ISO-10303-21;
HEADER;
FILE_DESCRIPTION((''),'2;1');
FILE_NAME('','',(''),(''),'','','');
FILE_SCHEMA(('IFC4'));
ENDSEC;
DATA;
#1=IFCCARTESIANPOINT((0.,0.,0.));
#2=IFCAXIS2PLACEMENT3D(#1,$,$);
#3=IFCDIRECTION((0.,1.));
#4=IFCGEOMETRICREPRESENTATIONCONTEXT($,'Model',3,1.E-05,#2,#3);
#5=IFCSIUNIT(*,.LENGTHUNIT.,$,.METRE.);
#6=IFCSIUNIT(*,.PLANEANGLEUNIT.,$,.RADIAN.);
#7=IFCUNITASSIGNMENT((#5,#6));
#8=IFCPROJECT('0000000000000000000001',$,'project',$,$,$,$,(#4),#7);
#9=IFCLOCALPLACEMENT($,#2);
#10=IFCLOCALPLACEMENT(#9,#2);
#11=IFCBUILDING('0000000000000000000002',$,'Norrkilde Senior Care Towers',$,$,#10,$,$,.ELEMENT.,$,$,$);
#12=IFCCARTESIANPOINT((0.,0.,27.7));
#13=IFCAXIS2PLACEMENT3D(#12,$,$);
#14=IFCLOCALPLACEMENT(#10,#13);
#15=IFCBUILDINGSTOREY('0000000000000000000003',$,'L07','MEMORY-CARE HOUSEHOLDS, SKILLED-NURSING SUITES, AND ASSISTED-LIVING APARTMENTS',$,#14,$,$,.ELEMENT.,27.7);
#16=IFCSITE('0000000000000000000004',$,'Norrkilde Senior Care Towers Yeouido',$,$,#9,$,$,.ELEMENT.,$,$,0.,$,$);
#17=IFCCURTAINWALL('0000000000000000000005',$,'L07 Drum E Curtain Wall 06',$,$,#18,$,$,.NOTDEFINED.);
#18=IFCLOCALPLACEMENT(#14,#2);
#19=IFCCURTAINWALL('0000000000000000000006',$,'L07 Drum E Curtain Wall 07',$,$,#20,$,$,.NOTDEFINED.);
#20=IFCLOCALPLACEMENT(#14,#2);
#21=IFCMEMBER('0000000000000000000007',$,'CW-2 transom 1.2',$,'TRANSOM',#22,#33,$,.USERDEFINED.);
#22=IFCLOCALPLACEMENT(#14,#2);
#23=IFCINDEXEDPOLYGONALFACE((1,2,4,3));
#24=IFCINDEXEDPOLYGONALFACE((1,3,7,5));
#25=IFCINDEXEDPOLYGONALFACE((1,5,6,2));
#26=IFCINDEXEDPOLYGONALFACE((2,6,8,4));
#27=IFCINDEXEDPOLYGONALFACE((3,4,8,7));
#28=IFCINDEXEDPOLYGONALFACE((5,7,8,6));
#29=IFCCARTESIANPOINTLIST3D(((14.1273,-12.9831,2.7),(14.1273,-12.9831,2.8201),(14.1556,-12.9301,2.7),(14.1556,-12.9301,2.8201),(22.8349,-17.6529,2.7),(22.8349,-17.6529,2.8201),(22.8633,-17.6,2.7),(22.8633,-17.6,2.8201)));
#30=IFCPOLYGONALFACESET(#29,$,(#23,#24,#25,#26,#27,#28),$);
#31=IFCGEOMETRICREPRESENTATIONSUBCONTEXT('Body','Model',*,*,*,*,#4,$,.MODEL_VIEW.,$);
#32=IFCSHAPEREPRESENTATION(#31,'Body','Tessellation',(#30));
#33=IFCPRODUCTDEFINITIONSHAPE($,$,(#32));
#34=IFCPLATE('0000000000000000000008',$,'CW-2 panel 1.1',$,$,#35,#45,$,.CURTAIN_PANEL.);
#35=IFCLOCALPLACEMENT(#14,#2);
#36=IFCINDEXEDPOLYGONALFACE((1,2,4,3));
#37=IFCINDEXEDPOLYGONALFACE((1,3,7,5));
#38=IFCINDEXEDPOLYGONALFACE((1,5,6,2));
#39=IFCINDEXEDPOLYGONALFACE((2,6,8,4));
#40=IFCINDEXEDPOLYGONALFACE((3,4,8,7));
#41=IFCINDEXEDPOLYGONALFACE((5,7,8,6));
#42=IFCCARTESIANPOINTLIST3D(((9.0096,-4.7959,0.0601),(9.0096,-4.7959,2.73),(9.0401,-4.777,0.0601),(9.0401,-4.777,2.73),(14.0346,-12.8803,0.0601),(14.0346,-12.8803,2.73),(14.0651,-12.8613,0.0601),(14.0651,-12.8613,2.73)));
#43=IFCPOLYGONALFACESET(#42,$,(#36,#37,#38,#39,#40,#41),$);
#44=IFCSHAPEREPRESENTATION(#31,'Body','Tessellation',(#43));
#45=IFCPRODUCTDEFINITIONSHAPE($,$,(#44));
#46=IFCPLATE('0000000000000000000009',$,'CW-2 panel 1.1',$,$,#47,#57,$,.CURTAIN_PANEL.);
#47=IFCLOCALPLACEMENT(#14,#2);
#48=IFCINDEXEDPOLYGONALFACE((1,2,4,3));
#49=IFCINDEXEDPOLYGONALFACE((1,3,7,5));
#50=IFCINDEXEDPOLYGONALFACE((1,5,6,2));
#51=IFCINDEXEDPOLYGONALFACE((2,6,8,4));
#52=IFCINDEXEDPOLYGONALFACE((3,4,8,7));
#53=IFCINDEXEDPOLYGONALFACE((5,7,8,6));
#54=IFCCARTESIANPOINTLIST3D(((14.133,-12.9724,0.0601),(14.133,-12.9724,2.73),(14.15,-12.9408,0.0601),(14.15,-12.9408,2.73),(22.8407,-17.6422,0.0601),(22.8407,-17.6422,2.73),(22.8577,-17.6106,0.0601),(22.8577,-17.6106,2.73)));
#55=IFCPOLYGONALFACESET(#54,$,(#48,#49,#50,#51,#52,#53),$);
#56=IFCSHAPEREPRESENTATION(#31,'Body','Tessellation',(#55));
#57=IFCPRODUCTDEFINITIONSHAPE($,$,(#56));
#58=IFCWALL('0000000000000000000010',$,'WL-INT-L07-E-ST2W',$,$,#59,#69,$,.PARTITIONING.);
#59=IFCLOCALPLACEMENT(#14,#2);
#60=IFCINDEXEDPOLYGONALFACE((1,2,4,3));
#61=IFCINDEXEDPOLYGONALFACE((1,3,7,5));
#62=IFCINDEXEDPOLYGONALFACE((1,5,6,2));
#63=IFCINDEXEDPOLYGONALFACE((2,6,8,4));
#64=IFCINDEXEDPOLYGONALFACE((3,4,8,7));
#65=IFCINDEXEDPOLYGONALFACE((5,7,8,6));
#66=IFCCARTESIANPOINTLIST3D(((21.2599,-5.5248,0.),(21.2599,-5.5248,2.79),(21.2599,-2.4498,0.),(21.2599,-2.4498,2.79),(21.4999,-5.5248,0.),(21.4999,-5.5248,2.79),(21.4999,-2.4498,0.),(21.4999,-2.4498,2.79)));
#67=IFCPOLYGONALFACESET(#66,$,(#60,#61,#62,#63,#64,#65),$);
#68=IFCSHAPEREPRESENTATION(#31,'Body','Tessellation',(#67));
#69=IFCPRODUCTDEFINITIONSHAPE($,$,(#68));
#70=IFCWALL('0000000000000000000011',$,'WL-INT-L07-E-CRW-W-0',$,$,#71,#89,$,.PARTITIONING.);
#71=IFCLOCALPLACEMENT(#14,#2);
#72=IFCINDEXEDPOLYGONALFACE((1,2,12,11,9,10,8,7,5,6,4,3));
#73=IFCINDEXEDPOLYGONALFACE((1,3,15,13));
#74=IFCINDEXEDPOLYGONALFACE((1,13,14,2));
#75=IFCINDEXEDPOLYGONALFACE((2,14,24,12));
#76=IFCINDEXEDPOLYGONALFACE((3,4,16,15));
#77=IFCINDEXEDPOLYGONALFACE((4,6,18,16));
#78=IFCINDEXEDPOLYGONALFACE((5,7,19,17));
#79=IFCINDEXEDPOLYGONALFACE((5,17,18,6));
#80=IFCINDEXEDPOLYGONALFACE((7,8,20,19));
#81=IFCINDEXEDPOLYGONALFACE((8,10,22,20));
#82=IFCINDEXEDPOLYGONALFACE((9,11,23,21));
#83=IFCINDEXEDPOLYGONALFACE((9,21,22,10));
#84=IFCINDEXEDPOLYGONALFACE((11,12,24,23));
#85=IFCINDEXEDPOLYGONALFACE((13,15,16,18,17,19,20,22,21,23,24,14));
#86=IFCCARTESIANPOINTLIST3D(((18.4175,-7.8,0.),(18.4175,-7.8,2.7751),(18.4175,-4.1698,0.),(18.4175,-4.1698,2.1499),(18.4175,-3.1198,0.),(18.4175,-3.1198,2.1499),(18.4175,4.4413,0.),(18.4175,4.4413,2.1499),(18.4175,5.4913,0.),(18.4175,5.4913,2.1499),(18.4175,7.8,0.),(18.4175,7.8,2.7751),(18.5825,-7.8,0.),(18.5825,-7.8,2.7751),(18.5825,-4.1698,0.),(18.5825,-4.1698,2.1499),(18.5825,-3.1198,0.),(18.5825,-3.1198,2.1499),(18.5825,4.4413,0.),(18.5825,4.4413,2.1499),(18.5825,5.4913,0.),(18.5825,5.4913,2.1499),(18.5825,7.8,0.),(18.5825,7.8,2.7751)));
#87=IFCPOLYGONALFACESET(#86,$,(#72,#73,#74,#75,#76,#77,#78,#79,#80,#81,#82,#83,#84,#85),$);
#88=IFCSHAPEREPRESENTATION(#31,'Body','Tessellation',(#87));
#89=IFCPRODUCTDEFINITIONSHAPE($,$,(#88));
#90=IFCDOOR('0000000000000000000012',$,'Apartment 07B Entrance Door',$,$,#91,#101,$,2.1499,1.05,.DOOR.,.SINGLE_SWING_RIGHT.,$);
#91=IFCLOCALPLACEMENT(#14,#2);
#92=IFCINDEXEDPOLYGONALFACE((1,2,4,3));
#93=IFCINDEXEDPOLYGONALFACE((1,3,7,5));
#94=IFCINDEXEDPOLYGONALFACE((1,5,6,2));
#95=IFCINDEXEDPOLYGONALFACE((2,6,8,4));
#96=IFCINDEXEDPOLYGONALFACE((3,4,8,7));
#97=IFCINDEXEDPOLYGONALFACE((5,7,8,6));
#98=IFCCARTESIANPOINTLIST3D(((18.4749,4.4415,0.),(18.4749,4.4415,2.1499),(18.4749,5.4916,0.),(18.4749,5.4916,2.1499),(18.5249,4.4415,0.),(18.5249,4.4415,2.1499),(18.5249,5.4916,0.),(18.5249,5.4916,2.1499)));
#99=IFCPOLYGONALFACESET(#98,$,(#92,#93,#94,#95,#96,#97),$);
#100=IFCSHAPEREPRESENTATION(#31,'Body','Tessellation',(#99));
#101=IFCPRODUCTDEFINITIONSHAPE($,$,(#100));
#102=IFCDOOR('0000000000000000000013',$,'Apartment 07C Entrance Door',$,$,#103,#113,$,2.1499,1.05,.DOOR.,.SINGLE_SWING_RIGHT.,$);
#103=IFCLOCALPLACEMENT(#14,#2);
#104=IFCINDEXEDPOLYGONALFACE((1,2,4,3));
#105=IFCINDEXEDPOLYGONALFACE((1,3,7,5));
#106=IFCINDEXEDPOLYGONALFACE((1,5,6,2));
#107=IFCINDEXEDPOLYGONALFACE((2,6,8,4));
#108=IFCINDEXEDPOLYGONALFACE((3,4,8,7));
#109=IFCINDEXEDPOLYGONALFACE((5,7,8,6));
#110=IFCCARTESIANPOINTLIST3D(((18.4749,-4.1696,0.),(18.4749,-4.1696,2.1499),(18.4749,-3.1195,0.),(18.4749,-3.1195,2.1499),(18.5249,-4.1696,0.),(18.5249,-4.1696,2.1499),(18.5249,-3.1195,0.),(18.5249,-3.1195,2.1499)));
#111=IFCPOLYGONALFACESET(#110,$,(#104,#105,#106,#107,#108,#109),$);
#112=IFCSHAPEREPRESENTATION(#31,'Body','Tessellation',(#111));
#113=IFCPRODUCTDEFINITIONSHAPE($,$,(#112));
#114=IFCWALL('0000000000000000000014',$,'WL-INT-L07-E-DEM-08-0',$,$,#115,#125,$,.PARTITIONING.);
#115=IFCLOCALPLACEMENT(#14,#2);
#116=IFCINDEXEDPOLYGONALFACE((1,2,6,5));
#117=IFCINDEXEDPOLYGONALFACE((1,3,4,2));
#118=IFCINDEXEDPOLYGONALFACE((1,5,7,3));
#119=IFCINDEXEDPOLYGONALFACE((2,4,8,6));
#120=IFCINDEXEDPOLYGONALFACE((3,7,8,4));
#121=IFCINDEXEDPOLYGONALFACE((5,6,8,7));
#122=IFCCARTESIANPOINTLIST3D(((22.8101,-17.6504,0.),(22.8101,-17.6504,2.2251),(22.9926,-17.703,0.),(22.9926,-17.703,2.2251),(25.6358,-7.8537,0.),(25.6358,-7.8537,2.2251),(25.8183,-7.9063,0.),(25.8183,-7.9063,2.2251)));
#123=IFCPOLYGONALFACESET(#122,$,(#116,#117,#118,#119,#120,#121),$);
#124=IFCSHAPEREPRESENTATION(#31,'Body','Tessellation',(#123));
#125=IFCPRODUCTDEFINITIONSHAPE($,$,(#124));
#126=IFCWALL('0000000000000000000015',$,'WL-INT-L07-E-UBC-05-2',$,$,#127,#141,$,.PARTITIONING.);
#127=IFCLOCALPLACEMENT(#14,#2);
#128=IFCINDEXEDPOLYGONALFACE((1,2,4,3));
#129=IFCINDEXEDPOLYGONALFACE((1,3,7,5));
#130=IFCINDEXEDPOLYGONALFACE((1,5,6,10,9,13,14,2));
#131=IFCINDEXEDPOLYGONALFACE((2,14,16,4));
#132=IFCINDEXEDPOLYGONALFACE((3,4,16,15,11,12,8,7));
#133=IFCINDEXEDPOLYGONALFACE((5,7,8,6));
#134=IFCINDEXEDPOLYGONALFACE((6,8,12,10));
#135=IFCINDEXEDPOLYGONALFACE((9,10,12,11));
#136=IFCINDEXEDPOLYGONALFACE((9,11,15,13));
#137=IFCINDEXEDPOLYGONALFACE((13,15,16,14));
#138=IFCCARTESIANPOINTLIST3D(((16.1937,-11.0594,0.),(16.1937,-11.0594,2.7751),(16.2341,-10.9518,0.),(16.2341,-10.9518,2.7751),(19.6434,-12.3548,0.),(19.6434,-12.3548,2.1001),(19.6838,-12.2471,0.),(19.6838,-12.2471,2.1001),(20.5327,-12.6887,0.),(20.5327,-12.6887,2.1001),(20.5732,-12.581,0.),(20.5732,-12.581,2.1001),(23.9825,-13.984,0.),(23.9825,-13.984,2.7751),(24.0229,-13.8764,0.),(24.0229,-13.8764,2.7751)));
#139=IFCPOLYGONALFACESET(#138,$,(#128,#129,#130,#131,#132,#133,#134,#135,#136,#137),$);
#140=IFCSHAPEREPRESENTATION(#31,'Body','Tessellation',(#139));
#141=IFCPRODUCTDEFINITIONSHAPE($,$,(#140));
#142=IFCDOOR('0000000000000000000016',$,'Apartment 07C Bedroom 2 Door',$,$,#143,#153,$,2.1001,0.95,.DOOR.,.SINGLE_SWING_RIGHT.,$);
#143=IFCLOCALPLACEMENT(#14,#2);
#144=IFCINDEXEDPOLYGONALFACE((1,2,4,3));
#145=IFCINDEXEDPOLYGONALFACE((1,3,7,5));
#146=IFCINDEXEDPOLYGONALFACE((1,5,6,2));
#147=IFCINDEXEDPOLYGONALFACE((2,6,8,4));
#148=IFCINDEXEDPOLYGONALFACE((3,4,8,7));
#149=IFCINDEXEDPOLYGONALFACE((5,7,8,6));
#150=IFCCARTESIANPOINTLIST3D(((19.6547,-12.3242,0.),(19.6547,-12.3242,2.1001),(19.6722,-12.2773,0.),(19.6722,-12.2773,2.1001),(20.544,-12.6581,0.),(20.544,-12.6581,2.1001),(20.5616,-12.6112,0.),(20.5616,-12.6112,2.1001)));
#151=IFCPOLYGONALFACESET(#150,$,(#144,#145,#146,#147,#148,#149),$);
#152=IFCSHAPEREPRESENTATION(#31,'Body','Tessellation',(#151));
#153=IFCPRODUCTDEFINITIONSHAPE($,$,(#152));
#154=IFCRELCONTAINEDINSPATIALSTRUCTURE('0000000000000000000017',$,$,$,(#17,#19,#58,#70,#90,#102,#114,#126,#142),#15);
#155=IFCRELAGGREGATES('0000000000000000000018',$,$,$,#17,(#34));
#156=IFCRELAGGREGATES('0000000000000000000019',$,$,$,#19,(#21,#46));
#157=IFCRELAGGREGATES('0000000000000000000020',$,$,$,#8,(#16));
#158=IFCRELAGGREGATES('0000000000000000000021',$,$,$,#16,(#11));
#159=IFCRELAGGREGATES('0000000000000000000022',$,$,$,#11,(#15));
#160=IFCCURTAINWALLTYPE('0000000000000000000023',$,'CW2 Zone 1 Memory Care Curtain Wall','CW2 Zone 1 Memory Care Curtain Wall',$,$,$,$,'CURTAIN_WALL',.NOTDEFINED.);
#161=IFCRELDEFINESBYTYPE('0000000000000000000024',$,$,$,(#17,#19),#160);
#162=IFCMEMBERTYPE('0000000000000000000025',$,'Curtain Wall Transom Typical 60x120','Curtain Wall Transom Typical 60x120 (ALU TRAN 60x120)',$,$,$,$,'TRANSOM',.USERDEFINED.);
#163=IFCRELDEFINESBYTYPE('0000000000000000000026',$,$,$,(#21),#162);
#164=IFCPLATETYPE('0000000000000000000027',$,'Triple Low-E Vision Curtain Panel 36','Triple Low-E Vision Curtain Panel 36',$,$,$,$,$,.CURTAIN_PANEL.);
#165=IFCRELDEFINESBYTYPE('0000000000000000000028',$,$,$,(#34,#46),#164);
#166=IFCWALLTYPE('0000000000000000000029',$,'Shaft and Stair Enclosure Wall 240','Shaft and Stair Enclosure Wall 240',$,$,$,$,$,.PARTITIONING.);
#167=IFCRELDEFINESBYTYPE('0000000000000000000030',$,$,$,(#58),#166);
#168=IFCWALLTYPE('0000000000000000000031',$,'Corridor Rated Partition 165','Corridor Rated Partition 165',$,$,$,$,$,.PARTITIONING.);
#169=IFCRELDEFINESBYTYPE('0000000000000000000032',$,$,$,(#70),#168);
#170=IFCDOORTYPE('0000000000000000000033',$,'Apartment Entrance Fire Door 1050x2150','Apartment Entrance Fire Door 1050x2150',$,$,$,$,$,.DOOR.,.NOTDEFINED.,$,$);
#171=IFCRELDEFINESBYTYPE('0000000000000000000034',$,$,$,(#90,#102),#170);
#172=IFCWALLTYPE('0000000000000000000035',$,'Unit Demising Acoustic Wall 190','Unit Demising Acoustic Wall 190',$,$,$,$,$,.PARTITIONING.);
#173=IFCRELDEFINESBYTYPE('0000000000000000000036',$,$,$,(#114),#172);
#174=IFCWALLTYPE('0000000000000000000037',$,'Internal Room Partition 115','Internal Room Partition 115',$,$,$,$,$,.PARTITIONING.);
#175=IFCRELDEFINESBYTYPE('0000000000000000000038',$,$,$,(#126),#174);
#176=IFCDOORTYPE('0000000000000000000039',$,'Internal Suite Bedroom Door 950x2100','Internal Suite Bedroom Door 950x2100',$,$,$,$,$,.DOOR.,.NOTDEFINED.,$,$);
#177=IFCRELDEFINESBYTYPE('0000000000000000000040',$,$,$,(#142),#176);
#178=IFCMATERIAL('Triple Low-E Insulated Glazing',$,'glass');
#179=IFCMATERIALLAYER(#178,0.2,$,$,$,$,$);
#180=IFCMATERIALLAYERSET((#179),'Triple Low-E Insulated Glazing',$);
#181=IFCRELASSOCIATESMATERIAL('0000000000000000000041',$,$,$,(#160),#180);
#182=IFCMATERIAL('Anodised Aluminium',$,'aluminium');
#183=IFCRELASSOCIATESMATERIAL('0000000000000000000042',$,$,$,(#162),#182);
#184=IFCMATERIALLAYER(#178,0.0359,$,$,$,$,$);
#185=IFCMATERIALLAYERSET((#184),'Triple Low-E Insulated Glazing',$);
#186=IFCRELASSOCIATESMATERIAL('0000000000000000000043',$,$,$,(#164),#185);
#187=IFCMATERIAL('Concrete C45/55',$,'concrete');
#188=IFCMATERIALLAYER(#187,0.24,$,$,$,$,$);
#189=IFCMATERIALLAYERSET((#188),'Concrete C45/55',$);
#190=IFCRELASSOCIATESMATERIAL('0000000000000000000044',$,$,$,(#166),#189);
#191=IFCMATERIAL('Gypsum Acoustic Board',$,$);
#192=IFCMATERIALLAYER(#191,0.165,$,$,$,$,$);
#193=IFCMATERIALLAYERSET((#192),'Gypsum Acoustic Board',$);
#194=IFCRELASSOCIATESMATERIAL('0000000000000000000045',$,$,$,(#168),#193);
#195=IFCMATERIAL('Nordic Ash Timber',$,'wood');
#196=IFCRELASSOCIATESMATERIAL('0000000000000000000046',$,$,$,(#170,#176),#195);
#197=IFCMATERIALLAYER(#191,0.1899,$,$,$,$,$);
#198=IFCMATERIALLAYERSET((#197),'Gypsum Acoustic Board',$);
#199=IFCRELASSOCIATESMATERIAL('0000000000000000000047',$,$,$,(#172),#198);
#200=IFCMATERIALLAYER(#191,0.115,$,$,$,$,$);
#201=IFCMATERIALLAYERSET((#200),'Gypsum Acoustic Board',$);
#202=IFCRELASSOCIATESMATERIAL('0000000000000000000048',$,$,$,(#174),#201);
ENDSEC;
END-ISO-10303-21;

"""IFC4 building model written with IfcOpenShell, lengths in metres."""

from ifc_helpers import new_model, si_unit, direction, frame, frame_2d, origin, origin_2d, place, context, subcontext, project, spatial, rectangle, extrude, source, transform, mapped, material, layer, layer_set, material_profile, profile_set, type_object, type_shapes, element, fill, aggregate, save


model = new_model("IFC4")

# Units and contexts
model_context = context("Model", 3, precision=1e-05, world=origin(), true_north=direction((0.0, 1.0)))
body_context = subcontext(model_context, "Body", "Model", "MODEL_VIEW")
ifc_project = project(units=[si_unit("LENGTHUNIT", "METRE"), si_unit("PLANEANGLEUNIT", "RADIAN")], contexts=[model_context])

# Site, building, storey
site_placement = place(None, origin())
site = spatial("IfcSite", under=ifc_project, at=site_placement, Name="Norrkilde Senior Care Towers Yeouido", CompositionType="ELEMENT", RefElevation=0.0)
building_placement = place(site_placement, origin())
building = spatial("IfcBuilding", under=site, at=building_placement, Name="Norrkilde Senior Care Towers", CompositionType="ELEMENT")
storey_placement = place(building_placement, frame((0.0, 0.0, 27.7)))
storey = spatial("IfcBuildingStorey", under=building, at=storey_placement, Name="L07", Description="MEMORY-CARE HOUSEHOLDS, SKILLED-NURSING SUITES, AND ASSISTED-LIVING APARTMENTS", CompositionType="ELEMENT", Elevation=27.7)

# Curtain wall
ifc_material_1 = material(Name="Triple Low-E Insulated Glazing", Category="glass")
ifc_layer_1 = layer(ifc_material_1, 0.2)
ifc_layer_set_1 = layer_set([ifc_layer_1], Name="Triple Low-E Insulated Glazing")
curtain_wall_type = type_object("IfcCurtainWallType", Name="CW2 Zone 1 Memory Care Curtain Wall", Description="CW2 Zone 1 Memory Care Curtain Wall", ElementType="CURTAIN_WALL", PredefinedType="NOTDEFINED", material=ifc_layer_set_1)
curtain_wall_1_placement = place(storey_placement, origin())
curtain_wall_1 = element("IfcCurtainWall", 1, at=curtain_wall_1_placement, inside=storey, type_object=curtain_wall_type, Name="L07 Drum E Curtain Wall 06", PredefinedType="NOTDEFINED")
ifc_material_2 = material(Name="Anodised Aluminium", Category="aluminium")

# Curtain wall
curtain_wall_2_placement = place(storey_placement, origin())
curtain_wall_2 = element("IfcCurtainWall", 2, at=curtain_wall_2_placement, inside=storey, type_object=curtain_wall_type, Name="L07 Drum E Curtain Wall 07", PredefinedType="NOTDEFINED")

# Member
ifc_material_profile_1 = material_profile(ifc_material_2, rectangle(XDim=0.0601, YDim=0.1201, at=origin_2d()), Name="ALU TRAN 60x120")
ifc_profile_set_1 = profile_set([ifc_material_profile_1], Name="Anodised Aluminium")
member_type_1 = type_object("IfcMemberType", Name="Curtain Wall Transom Typical 60x120", Description="Curtain Wall Transom Typical 60x120 (ALU TRAN 60x120)", ElementType="TRANSOM", PredefinedType="USERDEFINED", material=ifc_profile_set_1)
shared_shape_1 = source(origin(), body_context, "Body", "SweptSolid", [
    extrude(rectangle(XDim=0.0601, YDim=0.1201, at=origin_2d()), origin(), (0.0, 0.0, 1.0), 9.8809),
])
member_1_placement = place(storey_placement, frame((22.8491, -17.6265, 2.76), z_axis=(-0.881267, 0.472618, 0.0), x_axis=(-0.472618, -0.881267, 0.0)))
member_1 = element("IfcMember", 3, at=member_1_placement, type_object=member_type_1, Name="CW-2 transom 1.2", ObjectType="TRANSOM", PredefinedType="USERDEFINED", context=body_context, shape_type="MappedRepresentation", body=[
    mapped(shared_shape_1, transform((0.0, 0.0, 0.0), x_axis=(1.0, 0.0, 0.0), y_axis=(0.0, 1.0, 0.0), z_axis=(0.0, 0.0, 1.0), scale=1.0)),
])

# Plates
ifc_layer_2 = layer(ifc_material_1, 0.0359)
ifc_layer_set_2 = layer_set([ifc_layer_2], Name="Triple Low-E Insulated Glazing")
plate_type = type_object("IfcPlateType", Name="Triple Low-E Vision Curtain Panel 36", Description="Triple Low-E Vision Curtain Panel 36", PredefinedType="CURTAIN_PANEL", material=ifc_layer_set_2)
shared_shape_2 = source(origin(), body_context, "Body", "SweptSolid", [
    extrude(rectangle(XDim=9.5188, YDim=0.0359, at=origin_2d()), origin(), (0.0, 0.0, 1.0), 2.6699),
])
plate_1_placement = place(storey_placement, frame((11.5374, -8.8286, 0.0601), z_axis=(0.0, 0.0, 1.0), x_axis=(-0.527901, 0.849306, 0.0)))
plate_1 = element("IfcPlate", 4, at=plate_1_placement, type_object=plate_type, Name="CW-2 panel 1.1", PredefinedType="CURTAIN_PANEL", context=body_context, shape_type="MappedRepresentation", body=[
    mapped(shared_shape_2, transform((0.0, 0.0, 0.0), x_axis=(1.0, 0.0, 0.0), y_axis=(0.0, 1.0, 0.0), z_axis=(0.0, 0.0, 1.0), scale=1.0)),
])
aggregate(curtain_wall_1, [plate_1])
shared_shape_3 = source(origin(), body_context, "Body", "SweptSolid", [
    extrude(rectangle(XDim=9.8809, YDim=0.0359, at=origin_2d()), origin(), (0.0, 0.0, 1.0), 2.6699),
])
type_shapes(plate_type, [shared_shape_2, shared_shape_3])
plate_2_placement = place(storey_placement, frame((18.4954, -15.2915, 0.0601), z_axis=(0.0, 0.0, 1.0), x_axis=(-0.881273, 0.472608, 0.0)))
plate_2 = element("IfcPlate", 5, at=plate_2_placement, type_object=plate_type, Name="CW-2 panel 1.1", PredefinedType="CURTAIN_PANEL", context=body_context, shape_type="MappedRepresentation", body=[
    mapped(shared_shape_3, transform((0.0, 0.0, 0.0), x_axis=(1.0, 0.0, 0.0), y_axis=(0.0, 1.0, 0.0), z_axis=(0.0, 0.0, 1.0), scale=1.0)),
])
aggregate(curtain_wall_2, [member_1, plate_2])

# Wall
ifc_material_3 = material(Name="Concrete C45/55", Category="concrete")
ifc_layer_3 = layer(ifc_material_3, 0.24)
ifc_layer_set_3 = layer_set([ifc_layer_3], Name="Concrete C45/55")
wall_type_1 = type_object("IfcWallType", Name="Shaft and Stair Enclosure Wall 240", Description="Shaft and Stair Enclosure Wall 240", PredefinedType="PARTITIONING", material=ifc_layer_set_3)
shared_shape_4 = source(origin(), body_context, "Body", "SweptSolid", [
    extrude(rectangle(XDim=3.075, YDim=0.24, at=frame_2d((1.5376, 0.0))), origin(), (0.0, 0.0, 1.0), 2.79),
])
type_shapes(wall_type_1, [shared_shape_4])
wall_1_placement = place(storey_placement, frame((21.3799, -5.5249, 0.0), z_axis=(0.0, 0.0, 1.0), x_axis=(0.0, 1.0, 0.0)))
element("IfcWall", 6, at=wall_1_placement, inside=storey, type_object=wall_type_1, Name="WL-INT-L07-E-ST2W", PredefinedType="PARTITIONING", context=body_context, shape_type="MappedRepresentation", body=[
    mapped(shared_shape_4, transform((0.0, 0.0, 0.0), x_axis=(1.0, 0.0, 0.0), y_axis=(0.0, 1.0, 0.0), z_axis=(0.0, 0.0, 1.0), scale=1.0)),
])

# Wall, openings, doors
ifc_material_4 = material(Name="Gypsum Acoustic Board")
ifc_layer_4 = layer(ifc_material_4, 0.165)
ifc_layer_set_4 = layer_set([ifc_layer_4], Name="Gypsum Acoustic Board")
wall_type_2 = type_object("IfcWallType", Name="Corridor Rated Partition 165", Description="Corridor Rated Partition 165", PredefinedType="PARTITIONING", material=ifc_layer_set_4)
shared_shape_5 = source(origin(), body_context, "Body", "SweptSolid", [
    extrude(rectangle(XDim=15.6001, YDim=0.165, at=frame_2d((7.8, 0.0))), origin(), (0.0, 0.0, 1.0), 2.7751),
])
type_shapes(wall_type_2, [shared_shape_5])
wall_2_placement = place(storey_placement, frame((18.5, -7.8, 0.0), z_axis=(0.0, 0.0, 1.0), x_axis=(0.0, 1.0, 0.0)))
wall_2 = element("IfcWall", 7, at=wall_2_placement, inside=storey, type_object=wall_type_2, Name="WL-INT-L07-E-CRW-W-0", PredefinedType="PARTITIONING", context=body_context, shape_type="MappedRepresentation", body=[
    mapped(shared_shape_5, transform((0.0, 0.0, 0.0), x_axis=(1.0, 0.0, 0.0), y_axis=(0.0, 1.0, 0.0), z_axis=(0.0, 0.0, 1.0), scale=1.0)),
])
opening_1_placement = place(wall_2_placement, frame((12.2415, 0.0, 0.0)))
opening_1 = element("IfcOpeningElement", 8, at=opening_1_placement, cuts=wall_2, PredefinedType="OPENING", context=body_context, shape_type="SweptSolid", body=[
    extrude(rectangle(XDim=1.05, YDim=2.1499, at=frame_2d((0.5249, 1.075))), frame((0.0, 0.0925, 0.0), z_axis=(0.0, -1.0, 0.0), x_axis=(1.0, 0.0, 0.0)), (0.0, 0.0, 1.0), 0.1851),
])
opening_2_placement = place(wall_2_placement, frame((3.6304, 0.0, 0.0)))
opening_2 = element("IfcOpeningElement", 9, at=opening_2_placement, cuts=wall_2, PredefinedType="OPENING", context=body_context, shape_type="SweptSolid", body=[
    extrude(rectangle(XDim=1.05, YDim=2.1499, at=frame_2d((0.5249, 1.075))), frame((0.0, 0.0925, 0.0), z_axis=(0.0, -1.0, 0.0), x_axis=(1.0, 0.0, 0.0)), (0.0, 0.0, 1.0), 0.1851),
])
ifc_material_5 = material(Name="Nordic Ash Timber", Category="wood")
door_type_1 = type_object("IfcDoorType", Name="Apartment Entrance Fire Door 1050x2150", Description="Apartment Entrance Fire Door 1050x2150", OperationType="NOTDEFINED", PredefinedType="DOOR", material=ifc_material_5)
shared_shape_6 = source(origin(), body_context, "Body", "SweptSolid", [
    extrude(rectangle(XDim=1.05, YDim=2.1499, at=frame_2d((0.5249, 1.075))), frame((0.0, 0.0249, 0.0), z_axis=(0.0, -1.0, 0.0), x_axis=(1.0, 0.0, 0.0)), (0.0, 0.0, 1.0), 0.05),
])
type_shapes(door_type_1, [shared_shape_6])
door_1_placement = place(opening_1_placement, frame((1.05, 0.0, 0.0), z_axis=(0.0, 0.0, 1.0), x_axis=(-1.0, 0.0, 0.0)))
door_1 = element("IfcDoor", 10, at=door_1_placement, inside=storey, type_object=door_type_1, Name="Apartment 07B Entrance Door", OperationType="SINGLE_SWING_RIGHT", OverallHeight=2.1499, OverallWidth=1.05, PredefinedType="DOOR", context=body_context, shape_type="MappedRepresentation", body=[
    mapped(shared_shape_6, transform((0.0, 0.0, 0.0), x_axis=(1.0, 0.0, 0.0), y_axis=(0.0, 1.0, 0.0), z_axis=(0.0, 0.0, 1.0), scale=1.0)),
])
fill(opening_1, door_1)
door_2_placement = place(opening_2_placement, frame((1.05, 0.0, 0.0), z_axis=(0.0, 0.0, 1.0), x_axis=(-1.0, 0.0, 0.0)))
door_2 = element("IfcDoor", 11, at=door_2_placement, inside=storey, type_object=door_type_1, Name="Apartment 07C Entrance Door", OperationType="SINGLE_SWING_RIGHT", OverallHeight=2.1499, OverallWidth=1.05, PredefinedType="DOOR", context=body_context, shape_type="MappedRepresentation", body=[
    mapped(shared_shape_6, transform((0.0, 0.0, 0.0), x_axis=(1.0, 0.0, 0.0), y_axis=(0.0, 1.0, 0.0), z_axis=(0.0, 0.0, 1.0), scale=1.0)),
])
fill(opening_2, door_2)

# Wall
ifc_layer_5 = layer(ifc_material_4, 0.1899)
ifc_layer_set_5 = layer_set([ifc_layer_5], Name="Gypsum Acoustic Board")
wall_type_3 = type_object("IfcWallType", Name="Unit Demising Acoustic Wall 190", Description="Unit Demising Acoustic Wall 190", PredefinedType="PARTITIONING", material=ifc_layer_set_5)
shared_shape_7 = source(origin(), body_context, "Body", "SweptSolid", [
    extrude(rectangle(XDim=10.196, YDim=0.1899, at=frame_2d((5.0981, 0.0))), origin(), (0.0, 0.0, 1.0), 2.2251),
])
type_shapes(wall_type_3, [shared_shape_7])
wall_3_placement = place(storey_placement, frame((25.7271, -7.8799, 0.0), z_axis=(0.0, 0.0, 1.0), x_axis=(-0.277136, -0.960831, 0.0)))
element("IfcWall", 12, at=wall_3_placement, inside=storey, type_object=wall_type_3, Name="WL-INT-L07-E-DEM-08-0", PredefinedType="PARTITIONING", context=body_context, shape_type="MappedRepresentation", body=[
    mapped(shared_shape_7, transform((0.0, 0.0, 0.0), x_axis=(1.0, 0.0, 0.0), y_axis=(0.0, 1.0, 0.0), z_axis=(0.0, 0.0, 1.0), scale=1.0)),
])

# Wall, opening, door
ifc_layer_6 = layer(ifc_material_4, 0.115)
ifc_layer_set_6 = layer_set([ifc_layer_6], Name="Gypsum Acoustic Board")
wall_type_4 = type_object("IfcWallType", Name="Internal Room Partition 115", Description="Internal Room Partition 115", PredefinedType="PARTITIONING", material=ifc_layer_set_6)
shared_shape_8 = source(origin(), body_context, "Body", "SweptSolid", [
    extrude(rectangle(XDim=8.3198, YDim=0.115, at=frame_2d((4.1599, 0.0))), origin(), (0.0, 0.0, 1.0), 2.7751),
])
wall_4_placement = place(storey_placement, frame((16.2139, -11.0056, 0.0), z_axis=(0.0, 0.0, 1.0), x_axis=(0.936181, -0.351519, 0.0)))
wall_4 = element("IfcWall", 13, at=wall_4_placement, inside=storey, type_object=wall_type_4, Name="WL-INT-L07-E-UBC-05-2", PredefinedType="PARTITIONING", context=body_context, shape_type="MappedRepresentation", body=[
    mapped(shared_shape_8, transform((0.0, 0.0, 0.0), x_axis=(1.0, 0.0, 0.0), y_axis=(0.0, 1.0, 0.0), z_axis=(0.0, 0.0, 1.0), scale=1.0)),
])
opening_3_placement = place(wall_4_placement, frame((3.6848, 0.0, 0.0)))
opening_3 = element("IfcOpeningElement", 14, at=opening_3_placement, cuts=wall_4, PredefinedType="OPENING", context=body_context, shape_type="SweptSolid", body=[
    extrude(rectangle(XDim=0.95, YDim=2.1001, at=frame_2d((0.4751, 1.05))), frame((0.0, 0.0674, 0.0), z_axis=(0.0, -1.0, 0.0), x_axis=(1.0, 0.0, 0.0)), (0.0, 0.0, 1.0), 0.135),
])
door_type_2 = type_object("IfcDoorType", Name="Internal Suite Bedroom Door 950x2100", Description="Internal Suite Bedroom Door 950x2100", OperationType="NOTDEFINED", PredefinedType="DOOR", material=ifc_material_5)
shared_shape_9 = source(origin(), body_context, "Body", "SweptSolid", [
    extrude(rectangle(XDim=0.95, YDim=2.1001, at=frame_2d((0.4751, 1.05))), frame((0.0, 0.0249, 0.0), z_axis=(0.0, -1.0, 0.0), x_axis=(1.0, 0.0, 0.0)), (0.0, 0.0, 1.0), 0.05),
])
type_shapes(door_type_2, [shared_shape_9])
door_3_placement = place(opening_3_placement, frame((0.95, 0.0, 0.0), z_axis=(0.0, 0.0, 1.0), x_axis=(-1.0, 0.0, 0.0)))
door_3 = element("IfcDoor", 15, at=door_3_placement, inside=storey, type_object=door_type_2, Name="Apartment 07C Bedroom 2 Door", OperationType="SINGLE_SWING_RIGHT", OverallHeight=2.1001, OverallWidth=0.95, PredefinedType="DOOR", context=body_context, shape_type="MappedRepresentation", body=[
    mapped(shared_shape_9, transform((0.0, 0.0, 0.0), x_axis=(1.0, 0.0, 0.0), y_axis=(0.0, 1.0, 0.0), z_axis=(0.0, 0.0, 1.0), scale=1.0)),
])
fill(opening_3, door_3)

save(model, "model.ifc")
